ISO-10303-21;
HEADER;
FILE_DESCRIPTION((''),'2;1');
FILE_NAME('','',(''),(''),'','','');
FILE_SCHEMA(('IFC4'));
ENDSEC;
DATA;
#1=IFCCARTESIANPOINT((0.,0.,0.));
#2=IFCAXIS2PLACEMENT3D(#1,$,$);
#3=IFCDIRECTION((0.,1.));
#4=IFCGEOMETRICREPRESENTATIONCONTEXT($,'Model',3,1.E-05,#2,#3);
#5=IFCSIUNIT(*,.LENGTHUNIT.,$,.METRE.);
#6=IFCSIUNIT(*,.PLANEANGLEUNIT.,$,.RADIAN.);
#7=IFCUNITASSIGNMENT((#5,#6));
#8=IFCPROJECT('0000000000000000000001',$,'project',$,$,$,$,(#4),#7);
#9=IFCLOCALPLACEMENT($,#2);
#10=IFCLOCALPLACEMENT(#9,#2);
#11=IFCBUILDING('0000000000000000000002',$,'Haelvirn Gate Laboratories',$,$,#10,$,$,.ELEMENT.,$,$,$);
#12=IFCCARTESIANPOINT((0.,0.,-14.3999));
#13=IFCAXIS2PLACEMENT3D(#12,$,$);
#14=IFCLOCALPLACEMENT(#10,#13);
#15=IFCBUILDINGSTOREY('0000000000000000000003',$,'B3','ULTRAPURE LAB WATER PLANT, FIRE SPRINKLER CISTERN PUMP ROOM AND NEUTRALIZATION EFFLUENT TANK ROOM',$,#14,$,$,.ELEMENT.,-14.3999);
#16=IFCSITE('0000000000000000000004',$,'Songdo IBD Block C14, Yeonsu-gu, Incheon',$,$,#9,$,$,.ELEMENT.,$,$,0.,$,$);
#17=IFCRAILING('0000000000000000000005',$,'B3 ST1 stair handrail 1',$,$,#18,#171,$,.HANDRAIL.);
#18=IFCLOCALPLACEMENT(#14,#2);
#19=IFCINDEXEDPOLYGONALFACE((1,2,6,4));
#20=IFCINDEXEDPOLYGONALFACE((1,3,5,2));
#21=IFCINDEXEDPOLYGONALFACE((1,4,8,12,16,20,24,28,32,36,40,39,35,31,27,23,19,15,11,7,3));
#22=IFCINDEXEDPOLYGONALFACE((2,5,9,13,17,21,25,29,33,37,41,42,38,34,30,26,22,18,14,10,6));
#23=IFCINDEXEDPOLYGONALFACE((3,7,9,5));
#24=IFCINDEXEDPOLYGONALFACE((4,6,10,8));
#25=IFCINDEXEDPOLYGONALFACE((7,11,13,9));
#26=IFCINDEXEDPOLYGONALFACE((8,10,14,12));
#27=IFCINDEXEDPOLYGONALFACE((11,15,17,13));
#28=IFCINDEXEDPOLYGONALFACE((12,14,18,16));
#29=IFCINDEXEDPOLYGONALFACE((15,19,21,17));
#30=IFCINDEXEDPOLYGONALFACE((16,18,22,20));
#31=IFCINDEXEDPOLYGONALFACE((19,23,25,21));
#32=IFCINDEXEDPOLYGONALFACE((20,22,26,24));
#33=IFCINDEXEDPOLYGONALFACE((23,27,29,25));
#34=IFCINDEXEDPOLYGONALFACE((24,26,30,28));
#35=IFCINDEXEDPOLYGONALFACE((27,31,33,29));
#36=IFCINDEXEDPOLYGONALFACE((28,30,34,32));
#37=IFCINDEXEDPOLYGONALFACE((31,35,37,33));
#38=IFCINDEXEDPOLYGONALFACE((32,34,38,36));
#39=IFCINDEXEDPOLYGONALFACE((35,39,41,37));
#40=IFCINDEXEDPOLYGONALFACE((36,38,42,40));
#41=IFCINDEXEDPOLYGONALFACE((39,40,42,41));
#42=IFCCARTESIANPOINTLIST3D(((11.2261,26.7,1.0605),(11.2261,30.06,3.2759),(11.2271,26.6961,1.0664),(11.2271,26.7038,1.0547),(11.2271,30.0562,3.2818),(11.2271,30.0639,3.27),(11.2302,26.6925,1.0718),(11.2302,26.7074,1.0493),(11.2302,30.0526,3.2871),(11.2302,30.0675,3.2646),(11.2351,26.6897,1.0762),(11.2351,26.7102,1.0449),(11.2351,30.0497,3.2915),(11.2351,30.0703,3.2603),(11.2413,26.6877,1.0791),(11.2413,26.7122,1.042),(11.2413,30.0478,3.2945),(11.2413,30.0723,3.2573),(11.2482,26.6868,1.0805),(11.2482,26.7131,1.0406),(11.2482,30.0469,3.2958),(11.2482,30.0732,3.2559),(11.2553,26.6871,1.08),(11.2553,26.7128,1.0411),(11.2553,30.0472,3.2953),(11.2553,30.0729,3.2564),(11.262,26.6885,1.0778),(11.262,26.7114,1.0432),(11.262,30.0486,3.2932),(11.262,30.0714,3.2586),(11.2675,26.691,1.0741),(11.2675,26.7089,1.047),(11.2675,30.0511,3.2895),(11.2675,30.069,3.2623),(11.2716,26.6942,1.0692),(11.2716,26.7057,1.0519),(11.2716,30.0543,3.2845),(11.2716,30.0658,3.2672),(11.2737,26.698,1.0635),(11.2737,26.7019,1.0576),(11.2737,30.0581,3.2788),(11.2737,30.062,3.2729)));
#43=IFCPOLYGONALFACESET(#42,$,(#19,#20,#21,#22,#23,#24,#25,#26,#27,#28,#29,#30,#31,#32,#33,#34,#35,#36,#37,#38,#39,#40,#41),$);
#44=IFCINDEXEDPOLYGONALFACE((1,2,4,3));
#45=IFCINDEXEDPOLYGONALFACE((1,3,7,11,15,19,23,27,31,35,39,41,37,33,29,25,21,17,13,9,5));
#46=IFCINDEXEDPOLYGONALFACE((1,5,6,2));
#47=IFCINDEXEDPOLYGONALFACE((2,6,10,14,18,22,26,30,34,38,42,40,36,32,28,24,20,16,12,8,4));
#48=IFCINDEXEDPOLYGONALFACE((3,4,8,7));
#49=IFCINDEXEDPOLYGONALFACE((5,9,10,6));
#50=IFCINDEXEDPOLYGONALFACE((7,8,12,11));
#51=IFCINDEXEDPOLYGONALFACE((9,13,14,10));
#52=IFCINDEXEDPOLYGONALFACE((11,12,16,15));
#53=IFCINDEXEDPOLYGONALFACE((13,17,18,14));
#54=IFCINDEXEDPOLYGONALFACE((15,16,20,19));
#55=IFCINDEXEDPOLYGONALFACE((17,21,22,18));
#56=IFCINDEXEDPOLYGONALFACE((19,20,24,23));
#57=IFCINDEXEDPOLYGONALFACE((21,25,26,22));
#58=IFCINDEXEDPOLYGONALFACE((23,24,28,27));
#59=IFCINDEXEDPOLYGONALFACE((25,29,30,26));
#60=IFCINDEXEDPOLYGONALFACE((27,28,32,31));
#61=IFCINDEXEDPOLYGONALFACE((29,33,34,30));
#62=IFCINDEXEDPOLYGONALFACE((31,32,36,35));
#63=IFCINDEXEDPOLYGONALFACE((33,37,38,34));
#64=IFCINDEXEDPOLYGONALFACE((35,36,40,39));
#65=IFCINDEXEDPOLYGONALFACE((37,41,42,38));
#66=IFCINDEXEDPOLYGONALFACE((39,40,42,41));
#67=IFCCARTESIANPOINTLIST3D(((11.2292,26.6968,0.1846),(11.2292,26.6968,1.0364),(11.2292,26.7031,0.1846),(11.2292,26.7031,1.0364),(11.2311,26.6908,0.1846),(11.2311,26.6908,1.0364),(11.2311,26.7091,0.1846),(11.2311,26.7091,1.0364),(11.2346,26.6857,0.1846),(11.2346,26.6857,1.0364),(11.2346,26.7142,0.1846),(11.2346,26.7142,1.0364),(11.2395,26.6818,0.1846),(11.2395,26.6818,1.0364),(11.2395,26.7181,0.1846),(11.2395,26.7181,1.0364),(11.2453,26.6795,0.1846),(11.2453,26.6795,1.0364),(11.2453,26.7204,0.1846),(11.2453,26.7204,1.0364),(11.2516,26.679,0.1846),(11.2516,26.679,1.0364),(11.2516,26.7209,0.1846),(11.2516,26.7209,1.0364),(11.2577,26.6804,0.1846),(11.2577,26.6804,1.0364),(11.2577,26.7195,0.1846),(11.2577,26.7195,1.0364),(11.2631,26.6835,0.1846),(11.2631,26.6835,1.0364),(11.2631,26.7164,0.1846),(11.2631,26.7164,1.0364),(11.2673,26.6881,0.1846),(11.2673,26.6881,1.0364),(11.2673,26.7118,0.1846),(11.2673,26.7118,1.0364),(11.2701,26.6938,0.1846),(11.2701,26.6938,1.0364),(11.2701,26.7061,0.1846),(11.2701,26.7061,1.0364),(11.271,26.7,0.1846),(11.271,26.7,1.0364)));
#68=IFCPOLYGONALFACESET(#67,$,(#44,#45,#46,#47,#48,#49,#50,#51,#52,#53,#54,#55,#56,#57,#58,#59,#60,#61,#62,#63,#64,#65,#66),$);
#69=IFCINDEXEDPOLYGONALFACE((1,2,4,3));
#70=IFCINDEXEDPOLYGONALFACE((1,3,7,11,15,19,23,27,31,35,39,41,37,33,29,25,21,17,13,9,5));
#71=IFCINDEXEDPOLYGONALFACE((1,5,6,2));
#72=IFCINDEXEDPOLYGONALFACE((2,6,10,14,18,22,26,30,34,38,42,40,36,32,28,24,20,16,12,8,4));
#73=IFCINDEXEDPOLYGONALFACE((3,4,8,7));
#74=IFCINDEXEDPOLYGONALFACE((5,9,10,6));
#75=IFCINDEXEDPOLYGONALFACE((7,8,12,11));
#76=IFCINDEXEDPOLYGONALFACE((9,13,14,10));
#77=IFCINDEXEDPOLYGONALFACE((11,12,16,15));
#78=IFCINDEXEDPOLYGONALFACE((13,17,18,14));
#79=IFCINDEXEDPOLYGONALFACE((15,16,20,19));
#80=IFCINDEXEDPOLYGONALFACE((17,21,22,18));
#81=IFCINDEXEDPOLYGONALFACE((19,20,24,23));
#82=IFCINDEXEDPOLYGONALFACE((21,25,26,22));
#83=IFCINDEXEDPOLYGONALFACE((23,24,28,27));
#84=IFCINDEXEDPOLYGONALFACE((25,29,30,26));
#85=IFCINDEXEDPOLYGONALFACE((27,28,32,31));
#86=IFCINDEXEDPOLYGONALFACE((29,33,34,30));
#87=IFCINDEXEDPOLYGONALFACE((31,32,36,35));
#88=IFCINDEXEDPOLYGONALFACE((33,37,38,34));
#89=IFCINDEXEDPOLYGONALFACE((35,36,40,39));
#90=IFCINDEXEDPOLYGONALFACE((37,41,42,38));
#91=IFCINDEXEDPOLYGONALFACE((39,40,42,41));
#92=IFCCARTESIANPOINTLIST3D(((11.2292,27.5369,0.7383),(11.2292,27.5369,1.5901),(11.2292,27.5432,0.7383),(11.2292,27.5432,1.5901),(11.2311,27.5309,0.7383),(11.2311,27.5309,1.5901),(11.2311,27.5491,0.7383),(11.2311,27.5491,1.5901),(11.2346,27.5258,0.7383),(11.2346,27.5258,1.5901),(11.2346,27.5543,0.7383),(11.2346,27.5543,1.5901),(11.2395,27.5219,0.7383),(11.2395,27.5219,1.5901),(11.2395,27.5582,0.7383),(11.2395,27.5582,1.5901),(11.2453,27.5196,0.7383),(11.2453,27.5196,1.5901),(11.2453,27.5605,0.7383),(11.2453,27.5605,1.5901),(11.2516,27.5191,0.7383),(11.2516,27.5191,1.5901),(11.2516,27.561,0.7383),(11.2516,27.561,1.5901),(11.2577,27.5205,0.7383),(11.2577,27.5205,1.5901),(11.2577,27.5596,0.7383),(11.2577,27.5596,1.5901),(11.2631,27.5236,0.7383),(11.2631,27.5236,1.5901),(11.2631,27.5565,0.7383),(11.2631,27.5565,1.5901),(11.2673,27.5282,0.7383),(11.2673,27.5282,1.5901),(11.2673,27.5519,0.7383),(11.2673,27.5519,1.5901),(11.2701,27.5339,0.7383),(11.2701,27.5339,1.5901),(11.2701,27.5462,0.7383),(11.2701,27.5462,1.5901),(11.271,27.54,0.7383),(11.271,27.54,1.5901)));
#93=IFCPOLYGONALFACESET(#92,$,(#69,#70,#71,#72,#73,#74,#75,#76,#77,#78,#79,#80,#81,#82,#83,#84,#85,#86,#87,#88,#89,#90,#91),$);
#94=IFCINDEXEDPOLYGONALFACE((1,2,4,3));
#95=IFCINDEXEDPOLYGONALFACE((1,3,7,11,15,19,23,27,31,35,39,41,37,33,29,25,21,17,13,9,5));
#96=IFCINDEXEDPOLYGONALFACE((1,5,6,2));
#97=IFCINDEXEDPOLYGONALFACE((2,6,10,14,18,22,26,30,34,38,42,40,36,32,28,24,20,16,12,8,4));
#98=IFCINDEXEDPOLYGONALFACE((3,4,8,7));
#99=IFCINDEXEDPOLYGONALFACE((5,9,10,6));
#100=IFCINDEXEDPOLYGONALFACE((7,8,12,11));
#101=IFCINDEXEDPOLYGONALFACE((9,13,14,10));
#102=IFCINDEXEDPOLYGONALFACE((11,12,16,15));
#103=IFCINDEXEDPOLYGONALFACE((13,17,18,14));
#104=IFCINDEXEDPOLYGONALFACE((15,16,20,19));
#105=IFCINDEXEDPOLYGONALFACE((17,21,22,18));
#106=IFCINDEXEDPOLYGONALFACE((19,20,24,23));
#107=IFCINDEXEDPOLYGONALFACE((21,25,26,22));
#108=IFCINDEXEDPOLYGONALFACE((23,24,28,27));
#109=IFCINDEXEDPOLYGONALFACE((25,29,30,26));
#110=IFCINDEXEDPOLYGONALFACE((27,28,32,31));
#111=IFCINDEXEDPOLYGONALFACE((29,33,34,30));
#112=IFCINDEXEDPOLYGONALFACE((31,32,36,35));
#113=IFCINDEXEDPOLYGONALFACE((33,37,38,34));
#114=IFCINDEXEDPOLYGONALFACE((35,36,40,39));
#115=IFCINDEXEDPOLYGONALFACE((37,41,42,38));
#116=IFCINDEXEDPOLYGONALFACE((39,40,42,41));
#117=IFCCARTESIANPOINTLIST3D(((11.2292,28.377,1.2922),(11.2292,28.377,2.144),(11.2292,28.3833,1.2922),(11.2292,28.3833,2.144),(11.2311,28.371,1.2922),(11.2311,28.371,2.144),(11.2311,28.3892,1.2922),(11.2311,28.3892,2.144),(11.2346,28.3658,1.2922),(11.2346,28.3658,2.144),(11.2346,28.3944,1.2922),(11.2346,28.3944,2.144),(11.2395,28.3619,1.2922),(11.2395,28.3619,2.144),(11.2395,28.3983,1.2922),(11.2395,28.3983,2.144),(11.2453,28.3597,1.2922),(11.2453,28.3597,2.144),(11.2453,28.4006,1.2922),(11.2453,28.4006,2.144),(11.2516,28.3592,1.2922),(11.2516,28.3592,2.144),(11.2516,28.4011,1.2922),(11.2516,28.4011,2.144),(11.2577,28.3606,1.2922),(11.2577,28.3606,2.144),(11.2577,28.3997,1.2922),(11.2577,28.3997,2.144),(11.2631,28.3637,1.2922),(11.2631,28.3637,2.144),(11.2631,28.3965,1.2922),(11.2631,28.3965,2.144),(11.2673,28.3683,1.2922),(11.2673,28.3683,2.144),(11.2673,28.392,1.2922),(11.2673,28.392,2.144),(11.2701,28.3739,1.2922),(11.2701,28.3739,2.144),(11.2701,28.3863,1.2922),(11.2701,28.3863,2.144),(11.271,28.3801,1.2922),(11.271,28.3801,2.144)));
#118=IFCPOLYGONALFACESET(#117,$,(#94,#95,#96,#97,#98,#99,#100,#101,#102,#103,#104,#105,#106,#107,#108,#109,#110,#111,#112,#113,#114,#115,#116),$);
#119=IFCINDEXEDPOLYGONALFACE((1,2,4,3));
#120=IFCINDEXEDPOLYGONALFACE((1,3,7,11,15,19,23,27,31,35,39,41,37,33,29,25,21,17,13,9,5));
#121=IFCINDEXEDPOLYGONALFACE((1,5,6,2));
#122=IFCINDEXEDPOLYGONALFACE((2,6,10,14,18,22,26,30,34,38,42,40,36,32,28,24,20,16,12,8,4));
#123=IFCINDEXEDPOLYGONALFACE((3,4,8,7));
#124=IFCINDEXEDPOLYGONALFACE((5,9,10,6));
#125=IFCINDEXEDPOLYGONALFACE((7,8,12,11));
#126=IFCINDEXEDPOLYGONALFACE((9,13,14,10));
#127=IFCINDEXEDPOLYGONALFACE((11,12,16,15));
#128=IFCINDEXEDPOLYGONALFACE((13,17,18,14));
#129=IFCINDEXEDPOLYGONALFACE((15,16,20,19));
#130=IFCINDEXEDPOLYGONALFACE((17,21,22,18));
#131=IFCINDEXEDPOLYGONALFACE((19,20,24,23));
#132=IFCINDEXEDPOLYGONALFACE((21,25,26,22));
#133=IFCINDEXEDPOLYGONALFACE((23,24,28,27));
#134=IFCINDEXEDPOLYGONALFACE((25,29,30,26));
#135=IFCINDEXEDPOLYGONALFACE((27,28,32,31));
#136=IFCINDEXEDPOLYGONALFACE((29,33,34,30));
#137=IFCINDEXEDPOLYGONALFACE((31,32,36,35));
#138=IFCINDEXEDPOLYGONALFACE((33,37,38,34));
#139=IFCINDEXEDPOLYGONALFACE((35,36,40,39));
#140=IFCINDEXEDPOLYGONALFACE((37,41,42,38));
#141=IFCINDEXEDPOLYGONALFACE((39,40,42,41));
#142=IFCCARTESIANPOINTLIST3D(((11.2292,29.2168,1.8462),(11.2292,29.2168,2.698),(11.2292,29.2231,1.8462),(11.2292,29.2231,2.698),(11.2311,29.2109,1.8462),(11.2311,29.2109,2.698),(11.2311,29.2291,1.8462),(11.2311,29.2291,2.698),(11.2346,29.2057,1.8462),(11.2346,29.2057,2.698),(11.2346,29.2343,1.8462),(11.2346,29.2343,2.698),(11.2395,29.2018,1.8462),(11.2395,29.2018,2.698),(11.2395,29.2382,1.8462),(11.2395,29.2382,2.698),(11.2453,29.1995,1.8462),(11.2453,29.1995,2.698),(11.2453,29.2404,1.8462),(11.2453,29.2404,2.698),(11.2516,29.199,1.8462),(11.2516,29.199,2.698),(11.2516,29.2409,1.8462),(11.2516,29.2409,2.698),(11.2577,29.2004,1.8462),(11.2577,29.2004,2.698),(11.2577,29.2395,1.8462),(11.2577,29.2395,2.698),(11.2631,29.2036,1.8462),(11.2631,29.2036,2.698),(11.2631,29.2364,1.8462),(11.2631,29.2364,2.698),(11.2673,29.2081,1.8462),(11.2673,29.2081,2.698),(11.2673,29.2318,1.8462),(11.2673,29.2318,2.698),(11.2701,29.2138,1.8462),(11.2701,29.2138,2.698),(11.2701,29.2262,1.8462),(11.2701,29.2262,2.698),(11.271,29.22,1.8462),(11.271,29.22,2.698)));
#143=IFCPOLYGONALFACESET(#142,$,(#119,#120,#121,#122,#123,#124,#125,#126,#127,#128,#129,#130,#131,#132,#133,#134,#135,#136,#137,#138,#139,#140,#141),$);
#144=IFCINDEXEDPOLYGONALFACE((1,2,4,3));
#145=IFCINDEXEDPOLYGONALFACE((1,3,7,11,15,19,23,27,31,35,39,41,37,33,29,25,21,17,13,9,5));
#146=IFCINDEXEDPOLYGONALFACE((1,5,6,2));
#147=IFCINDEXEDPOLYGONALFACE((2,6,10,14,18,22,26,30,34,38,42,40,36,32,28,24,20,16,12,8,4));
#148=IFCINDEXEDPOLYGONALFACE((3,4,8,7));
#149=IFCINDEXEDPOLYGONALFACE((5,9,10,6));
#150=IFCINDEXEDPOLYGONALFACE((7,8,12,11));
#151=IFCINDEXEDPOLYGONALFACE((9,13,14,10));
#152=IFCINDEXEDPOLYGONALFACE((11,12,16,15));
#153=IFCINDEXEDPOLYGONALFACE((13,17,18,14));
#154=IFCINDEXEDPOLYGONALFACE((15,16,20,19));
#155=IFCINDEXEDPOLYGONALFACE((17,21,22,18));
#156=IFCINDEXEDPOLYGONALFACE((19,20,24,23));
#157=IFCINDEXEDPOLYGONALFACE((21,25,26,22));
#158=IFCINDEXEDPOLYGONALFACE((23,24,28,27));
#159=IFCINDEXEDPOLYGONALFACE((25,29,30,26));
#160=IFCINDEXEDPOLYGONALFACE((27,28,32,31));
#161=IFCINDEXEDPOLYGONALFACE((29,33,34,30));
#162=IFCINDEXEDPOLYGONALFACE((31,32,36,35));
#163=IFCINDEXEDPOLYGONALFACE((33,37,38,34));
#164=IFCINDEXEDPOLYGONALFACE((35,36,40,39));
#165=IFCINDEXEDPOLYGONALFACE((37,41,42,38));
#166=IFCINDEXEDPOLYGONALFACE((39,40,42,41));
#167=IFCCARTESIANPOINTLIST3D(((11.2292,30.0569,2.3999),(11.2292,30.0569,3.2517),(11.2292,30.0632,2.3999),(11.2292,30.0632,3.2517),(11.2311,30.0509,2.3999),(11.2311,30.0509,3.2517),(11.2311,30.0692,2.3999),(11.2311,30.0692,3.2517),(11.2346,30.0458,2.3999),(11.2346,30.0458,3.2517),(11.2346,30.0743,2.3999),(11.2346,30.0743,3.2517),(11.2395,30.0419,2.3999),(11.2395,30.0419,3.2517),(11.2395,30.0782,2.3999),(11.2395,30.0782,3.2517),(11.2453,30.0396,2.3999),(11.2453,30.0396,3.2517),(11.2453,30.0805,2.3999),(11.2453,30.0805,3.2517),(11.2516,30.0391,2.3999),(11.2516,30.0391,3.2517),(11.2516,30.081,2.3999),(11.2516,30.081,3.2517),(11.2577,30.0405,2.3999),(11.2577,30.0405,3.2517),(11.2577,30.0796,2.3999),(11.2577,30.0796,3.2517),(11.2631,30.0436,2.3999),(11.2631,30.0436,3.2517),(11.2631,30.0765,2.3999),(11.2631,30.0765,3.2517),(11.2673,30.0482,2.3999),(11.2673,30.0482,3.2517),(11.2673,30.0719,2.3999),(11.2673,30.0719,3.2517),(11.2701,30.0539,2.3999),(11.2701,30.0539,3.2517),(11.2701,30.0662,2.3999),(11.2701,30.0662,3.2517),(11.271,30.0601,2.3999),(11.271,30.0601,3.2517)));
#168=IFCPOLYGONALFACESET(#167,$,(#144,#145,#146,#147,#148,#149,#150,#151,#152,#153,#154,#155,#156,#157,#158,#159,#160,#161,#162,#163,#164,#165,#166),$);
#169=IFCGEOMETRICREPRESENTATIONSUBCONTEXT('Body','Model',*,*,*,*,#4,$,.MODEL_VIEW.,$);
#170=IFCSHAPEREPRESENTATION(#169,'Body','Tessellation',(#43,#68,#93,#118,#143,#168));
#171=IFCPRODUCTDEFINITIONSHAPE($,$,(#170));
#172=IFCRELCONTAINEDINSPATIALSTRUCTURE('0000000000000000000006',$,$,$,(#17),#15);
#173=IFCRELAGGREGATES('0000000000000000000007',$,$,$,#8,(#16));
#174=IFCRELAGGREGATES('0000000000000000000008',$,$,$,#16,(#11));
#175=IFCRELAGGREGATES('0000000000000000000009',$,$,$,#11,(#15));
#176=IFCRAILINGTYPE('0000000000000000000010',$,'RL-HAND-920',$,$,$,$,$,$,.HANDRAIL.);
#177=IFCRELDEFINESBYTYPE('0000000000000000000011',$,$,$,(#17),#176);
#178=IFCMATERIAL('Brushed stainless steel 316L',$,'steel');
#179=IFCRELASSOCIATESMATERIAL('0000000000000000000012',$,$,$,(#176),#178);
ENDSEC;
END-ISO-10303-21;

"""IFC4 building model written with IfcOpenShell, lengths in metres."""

from ifc_helpers import new_model, si_unit, direction, frame, origin, origin_2d, place, context, subcontext, project, spatial, circle, extrude, source, transform, mapped, material, type_object, element, save


model = new_model("IFC4")

# Units and contexts
model_context = context("Model", 3, precision=1e-05, world=origin(), true_north=direction((0.0, 1.0)))
body_context = subcontext(model_context, "Body", "Model", "MODEL_VIEW")
ifc_project = project(units=[si_unit("LENGTHUNIT", "METRE"), si_unit("PLANEANGLEUNIT", "RADIAN")], contexts=[model_context])

# Site, building, storey
site_placement = place(None, origin())
site = spatial("IfcSite", under=ifc_project, at=site_placement, Name="Songdo IBD Block C14, Yeonsu-gu, Incheon", CompositionType="ELEMENT", RefElevation=0.0)
building_placement = place(site_placement, origin())
building = spatial("IfcBuilding", under=site, at=building_placement, Name="Haelvirn Gate Laboratories", CompositionType="ELEMENT")
storey_placement = place(building_placement, frame((0.0, 0.0, -14.3999)))
storey = spatial("IfcBuildingStorey", under=building, at=storey_placement, Name="B3", Description="ULTRAPURE LAB WATER PLANT, FIRE SPRINKLER CISTERN PUMP ROOM AND NEUTRALIZATION EFFLUENT TANK ROOM", CompositionType="ELEMENT", Elevation=-14.3999)

# Railing
ifc_material_1 = material(Name="Brushed stainless steel 316L", Category="steel")
railing_type_1 = type_object("IfcRailingType", Name="RL-HAND-920", PredefinedType="HANDRAIL", material=ifc_material_1)
shared_shape_1 = source(origin(), body_context, "Body", "SweptSolid", [
    extrude(circle(Radius=0.0239, at=origin_2d()), frame((0.0, 0.0, 0.876), z_axis=(0.0, 0.834876, 0.550437), x_axis=(-1.0, 0.0, 0.0)), (0.0, 0.0, 1.0), 4.0247),
    extrude(circle(Radius=0.021, at=origin_2d()), origin(), (0.0, 0.0, 1.0), 0.8518),
    extrude(circle(Radius=0.021, at=origin_2d()), frame((0.0, 0.8401, 0.5537)), (0.0, 0.0, 1.0), 0.8518),
    extrude(circle(Radius=0.021, at=origin_2d()), frame((0.0, 1.6802, 1.1077)), (0.0, 0.0, 1.0), 0.8518),
    extrude(circle(Radius=0.021, at=origin_2d()), frame((0.0, 2.52, 1.6616)), (0.0, 0.0, 1.0), 0.8518),
    extrude(circle(Radius=0.021, at=origin_2d()), frame((0.0, 3.3601, 2.2153)), (0.0, 0.0, 1.0), 0.8518),
])
railing_1_placement = place(storey_placement, frame((11.25, 26.7, 0.1846)))
element("IfcRailing", 1, at=railing_1_placement, inside=storey, type_object=railing_type_1, Name="B3 ST1 stair handrail 1", PredefinedType="HANDRAIL", context=body_context, shape_type="MappedRepresentation", body=[
    mapped(shared_shape_1, transform((0.0, 0.0, 0.0), scale=1.0)),
])

save(model, "model.ifc")
